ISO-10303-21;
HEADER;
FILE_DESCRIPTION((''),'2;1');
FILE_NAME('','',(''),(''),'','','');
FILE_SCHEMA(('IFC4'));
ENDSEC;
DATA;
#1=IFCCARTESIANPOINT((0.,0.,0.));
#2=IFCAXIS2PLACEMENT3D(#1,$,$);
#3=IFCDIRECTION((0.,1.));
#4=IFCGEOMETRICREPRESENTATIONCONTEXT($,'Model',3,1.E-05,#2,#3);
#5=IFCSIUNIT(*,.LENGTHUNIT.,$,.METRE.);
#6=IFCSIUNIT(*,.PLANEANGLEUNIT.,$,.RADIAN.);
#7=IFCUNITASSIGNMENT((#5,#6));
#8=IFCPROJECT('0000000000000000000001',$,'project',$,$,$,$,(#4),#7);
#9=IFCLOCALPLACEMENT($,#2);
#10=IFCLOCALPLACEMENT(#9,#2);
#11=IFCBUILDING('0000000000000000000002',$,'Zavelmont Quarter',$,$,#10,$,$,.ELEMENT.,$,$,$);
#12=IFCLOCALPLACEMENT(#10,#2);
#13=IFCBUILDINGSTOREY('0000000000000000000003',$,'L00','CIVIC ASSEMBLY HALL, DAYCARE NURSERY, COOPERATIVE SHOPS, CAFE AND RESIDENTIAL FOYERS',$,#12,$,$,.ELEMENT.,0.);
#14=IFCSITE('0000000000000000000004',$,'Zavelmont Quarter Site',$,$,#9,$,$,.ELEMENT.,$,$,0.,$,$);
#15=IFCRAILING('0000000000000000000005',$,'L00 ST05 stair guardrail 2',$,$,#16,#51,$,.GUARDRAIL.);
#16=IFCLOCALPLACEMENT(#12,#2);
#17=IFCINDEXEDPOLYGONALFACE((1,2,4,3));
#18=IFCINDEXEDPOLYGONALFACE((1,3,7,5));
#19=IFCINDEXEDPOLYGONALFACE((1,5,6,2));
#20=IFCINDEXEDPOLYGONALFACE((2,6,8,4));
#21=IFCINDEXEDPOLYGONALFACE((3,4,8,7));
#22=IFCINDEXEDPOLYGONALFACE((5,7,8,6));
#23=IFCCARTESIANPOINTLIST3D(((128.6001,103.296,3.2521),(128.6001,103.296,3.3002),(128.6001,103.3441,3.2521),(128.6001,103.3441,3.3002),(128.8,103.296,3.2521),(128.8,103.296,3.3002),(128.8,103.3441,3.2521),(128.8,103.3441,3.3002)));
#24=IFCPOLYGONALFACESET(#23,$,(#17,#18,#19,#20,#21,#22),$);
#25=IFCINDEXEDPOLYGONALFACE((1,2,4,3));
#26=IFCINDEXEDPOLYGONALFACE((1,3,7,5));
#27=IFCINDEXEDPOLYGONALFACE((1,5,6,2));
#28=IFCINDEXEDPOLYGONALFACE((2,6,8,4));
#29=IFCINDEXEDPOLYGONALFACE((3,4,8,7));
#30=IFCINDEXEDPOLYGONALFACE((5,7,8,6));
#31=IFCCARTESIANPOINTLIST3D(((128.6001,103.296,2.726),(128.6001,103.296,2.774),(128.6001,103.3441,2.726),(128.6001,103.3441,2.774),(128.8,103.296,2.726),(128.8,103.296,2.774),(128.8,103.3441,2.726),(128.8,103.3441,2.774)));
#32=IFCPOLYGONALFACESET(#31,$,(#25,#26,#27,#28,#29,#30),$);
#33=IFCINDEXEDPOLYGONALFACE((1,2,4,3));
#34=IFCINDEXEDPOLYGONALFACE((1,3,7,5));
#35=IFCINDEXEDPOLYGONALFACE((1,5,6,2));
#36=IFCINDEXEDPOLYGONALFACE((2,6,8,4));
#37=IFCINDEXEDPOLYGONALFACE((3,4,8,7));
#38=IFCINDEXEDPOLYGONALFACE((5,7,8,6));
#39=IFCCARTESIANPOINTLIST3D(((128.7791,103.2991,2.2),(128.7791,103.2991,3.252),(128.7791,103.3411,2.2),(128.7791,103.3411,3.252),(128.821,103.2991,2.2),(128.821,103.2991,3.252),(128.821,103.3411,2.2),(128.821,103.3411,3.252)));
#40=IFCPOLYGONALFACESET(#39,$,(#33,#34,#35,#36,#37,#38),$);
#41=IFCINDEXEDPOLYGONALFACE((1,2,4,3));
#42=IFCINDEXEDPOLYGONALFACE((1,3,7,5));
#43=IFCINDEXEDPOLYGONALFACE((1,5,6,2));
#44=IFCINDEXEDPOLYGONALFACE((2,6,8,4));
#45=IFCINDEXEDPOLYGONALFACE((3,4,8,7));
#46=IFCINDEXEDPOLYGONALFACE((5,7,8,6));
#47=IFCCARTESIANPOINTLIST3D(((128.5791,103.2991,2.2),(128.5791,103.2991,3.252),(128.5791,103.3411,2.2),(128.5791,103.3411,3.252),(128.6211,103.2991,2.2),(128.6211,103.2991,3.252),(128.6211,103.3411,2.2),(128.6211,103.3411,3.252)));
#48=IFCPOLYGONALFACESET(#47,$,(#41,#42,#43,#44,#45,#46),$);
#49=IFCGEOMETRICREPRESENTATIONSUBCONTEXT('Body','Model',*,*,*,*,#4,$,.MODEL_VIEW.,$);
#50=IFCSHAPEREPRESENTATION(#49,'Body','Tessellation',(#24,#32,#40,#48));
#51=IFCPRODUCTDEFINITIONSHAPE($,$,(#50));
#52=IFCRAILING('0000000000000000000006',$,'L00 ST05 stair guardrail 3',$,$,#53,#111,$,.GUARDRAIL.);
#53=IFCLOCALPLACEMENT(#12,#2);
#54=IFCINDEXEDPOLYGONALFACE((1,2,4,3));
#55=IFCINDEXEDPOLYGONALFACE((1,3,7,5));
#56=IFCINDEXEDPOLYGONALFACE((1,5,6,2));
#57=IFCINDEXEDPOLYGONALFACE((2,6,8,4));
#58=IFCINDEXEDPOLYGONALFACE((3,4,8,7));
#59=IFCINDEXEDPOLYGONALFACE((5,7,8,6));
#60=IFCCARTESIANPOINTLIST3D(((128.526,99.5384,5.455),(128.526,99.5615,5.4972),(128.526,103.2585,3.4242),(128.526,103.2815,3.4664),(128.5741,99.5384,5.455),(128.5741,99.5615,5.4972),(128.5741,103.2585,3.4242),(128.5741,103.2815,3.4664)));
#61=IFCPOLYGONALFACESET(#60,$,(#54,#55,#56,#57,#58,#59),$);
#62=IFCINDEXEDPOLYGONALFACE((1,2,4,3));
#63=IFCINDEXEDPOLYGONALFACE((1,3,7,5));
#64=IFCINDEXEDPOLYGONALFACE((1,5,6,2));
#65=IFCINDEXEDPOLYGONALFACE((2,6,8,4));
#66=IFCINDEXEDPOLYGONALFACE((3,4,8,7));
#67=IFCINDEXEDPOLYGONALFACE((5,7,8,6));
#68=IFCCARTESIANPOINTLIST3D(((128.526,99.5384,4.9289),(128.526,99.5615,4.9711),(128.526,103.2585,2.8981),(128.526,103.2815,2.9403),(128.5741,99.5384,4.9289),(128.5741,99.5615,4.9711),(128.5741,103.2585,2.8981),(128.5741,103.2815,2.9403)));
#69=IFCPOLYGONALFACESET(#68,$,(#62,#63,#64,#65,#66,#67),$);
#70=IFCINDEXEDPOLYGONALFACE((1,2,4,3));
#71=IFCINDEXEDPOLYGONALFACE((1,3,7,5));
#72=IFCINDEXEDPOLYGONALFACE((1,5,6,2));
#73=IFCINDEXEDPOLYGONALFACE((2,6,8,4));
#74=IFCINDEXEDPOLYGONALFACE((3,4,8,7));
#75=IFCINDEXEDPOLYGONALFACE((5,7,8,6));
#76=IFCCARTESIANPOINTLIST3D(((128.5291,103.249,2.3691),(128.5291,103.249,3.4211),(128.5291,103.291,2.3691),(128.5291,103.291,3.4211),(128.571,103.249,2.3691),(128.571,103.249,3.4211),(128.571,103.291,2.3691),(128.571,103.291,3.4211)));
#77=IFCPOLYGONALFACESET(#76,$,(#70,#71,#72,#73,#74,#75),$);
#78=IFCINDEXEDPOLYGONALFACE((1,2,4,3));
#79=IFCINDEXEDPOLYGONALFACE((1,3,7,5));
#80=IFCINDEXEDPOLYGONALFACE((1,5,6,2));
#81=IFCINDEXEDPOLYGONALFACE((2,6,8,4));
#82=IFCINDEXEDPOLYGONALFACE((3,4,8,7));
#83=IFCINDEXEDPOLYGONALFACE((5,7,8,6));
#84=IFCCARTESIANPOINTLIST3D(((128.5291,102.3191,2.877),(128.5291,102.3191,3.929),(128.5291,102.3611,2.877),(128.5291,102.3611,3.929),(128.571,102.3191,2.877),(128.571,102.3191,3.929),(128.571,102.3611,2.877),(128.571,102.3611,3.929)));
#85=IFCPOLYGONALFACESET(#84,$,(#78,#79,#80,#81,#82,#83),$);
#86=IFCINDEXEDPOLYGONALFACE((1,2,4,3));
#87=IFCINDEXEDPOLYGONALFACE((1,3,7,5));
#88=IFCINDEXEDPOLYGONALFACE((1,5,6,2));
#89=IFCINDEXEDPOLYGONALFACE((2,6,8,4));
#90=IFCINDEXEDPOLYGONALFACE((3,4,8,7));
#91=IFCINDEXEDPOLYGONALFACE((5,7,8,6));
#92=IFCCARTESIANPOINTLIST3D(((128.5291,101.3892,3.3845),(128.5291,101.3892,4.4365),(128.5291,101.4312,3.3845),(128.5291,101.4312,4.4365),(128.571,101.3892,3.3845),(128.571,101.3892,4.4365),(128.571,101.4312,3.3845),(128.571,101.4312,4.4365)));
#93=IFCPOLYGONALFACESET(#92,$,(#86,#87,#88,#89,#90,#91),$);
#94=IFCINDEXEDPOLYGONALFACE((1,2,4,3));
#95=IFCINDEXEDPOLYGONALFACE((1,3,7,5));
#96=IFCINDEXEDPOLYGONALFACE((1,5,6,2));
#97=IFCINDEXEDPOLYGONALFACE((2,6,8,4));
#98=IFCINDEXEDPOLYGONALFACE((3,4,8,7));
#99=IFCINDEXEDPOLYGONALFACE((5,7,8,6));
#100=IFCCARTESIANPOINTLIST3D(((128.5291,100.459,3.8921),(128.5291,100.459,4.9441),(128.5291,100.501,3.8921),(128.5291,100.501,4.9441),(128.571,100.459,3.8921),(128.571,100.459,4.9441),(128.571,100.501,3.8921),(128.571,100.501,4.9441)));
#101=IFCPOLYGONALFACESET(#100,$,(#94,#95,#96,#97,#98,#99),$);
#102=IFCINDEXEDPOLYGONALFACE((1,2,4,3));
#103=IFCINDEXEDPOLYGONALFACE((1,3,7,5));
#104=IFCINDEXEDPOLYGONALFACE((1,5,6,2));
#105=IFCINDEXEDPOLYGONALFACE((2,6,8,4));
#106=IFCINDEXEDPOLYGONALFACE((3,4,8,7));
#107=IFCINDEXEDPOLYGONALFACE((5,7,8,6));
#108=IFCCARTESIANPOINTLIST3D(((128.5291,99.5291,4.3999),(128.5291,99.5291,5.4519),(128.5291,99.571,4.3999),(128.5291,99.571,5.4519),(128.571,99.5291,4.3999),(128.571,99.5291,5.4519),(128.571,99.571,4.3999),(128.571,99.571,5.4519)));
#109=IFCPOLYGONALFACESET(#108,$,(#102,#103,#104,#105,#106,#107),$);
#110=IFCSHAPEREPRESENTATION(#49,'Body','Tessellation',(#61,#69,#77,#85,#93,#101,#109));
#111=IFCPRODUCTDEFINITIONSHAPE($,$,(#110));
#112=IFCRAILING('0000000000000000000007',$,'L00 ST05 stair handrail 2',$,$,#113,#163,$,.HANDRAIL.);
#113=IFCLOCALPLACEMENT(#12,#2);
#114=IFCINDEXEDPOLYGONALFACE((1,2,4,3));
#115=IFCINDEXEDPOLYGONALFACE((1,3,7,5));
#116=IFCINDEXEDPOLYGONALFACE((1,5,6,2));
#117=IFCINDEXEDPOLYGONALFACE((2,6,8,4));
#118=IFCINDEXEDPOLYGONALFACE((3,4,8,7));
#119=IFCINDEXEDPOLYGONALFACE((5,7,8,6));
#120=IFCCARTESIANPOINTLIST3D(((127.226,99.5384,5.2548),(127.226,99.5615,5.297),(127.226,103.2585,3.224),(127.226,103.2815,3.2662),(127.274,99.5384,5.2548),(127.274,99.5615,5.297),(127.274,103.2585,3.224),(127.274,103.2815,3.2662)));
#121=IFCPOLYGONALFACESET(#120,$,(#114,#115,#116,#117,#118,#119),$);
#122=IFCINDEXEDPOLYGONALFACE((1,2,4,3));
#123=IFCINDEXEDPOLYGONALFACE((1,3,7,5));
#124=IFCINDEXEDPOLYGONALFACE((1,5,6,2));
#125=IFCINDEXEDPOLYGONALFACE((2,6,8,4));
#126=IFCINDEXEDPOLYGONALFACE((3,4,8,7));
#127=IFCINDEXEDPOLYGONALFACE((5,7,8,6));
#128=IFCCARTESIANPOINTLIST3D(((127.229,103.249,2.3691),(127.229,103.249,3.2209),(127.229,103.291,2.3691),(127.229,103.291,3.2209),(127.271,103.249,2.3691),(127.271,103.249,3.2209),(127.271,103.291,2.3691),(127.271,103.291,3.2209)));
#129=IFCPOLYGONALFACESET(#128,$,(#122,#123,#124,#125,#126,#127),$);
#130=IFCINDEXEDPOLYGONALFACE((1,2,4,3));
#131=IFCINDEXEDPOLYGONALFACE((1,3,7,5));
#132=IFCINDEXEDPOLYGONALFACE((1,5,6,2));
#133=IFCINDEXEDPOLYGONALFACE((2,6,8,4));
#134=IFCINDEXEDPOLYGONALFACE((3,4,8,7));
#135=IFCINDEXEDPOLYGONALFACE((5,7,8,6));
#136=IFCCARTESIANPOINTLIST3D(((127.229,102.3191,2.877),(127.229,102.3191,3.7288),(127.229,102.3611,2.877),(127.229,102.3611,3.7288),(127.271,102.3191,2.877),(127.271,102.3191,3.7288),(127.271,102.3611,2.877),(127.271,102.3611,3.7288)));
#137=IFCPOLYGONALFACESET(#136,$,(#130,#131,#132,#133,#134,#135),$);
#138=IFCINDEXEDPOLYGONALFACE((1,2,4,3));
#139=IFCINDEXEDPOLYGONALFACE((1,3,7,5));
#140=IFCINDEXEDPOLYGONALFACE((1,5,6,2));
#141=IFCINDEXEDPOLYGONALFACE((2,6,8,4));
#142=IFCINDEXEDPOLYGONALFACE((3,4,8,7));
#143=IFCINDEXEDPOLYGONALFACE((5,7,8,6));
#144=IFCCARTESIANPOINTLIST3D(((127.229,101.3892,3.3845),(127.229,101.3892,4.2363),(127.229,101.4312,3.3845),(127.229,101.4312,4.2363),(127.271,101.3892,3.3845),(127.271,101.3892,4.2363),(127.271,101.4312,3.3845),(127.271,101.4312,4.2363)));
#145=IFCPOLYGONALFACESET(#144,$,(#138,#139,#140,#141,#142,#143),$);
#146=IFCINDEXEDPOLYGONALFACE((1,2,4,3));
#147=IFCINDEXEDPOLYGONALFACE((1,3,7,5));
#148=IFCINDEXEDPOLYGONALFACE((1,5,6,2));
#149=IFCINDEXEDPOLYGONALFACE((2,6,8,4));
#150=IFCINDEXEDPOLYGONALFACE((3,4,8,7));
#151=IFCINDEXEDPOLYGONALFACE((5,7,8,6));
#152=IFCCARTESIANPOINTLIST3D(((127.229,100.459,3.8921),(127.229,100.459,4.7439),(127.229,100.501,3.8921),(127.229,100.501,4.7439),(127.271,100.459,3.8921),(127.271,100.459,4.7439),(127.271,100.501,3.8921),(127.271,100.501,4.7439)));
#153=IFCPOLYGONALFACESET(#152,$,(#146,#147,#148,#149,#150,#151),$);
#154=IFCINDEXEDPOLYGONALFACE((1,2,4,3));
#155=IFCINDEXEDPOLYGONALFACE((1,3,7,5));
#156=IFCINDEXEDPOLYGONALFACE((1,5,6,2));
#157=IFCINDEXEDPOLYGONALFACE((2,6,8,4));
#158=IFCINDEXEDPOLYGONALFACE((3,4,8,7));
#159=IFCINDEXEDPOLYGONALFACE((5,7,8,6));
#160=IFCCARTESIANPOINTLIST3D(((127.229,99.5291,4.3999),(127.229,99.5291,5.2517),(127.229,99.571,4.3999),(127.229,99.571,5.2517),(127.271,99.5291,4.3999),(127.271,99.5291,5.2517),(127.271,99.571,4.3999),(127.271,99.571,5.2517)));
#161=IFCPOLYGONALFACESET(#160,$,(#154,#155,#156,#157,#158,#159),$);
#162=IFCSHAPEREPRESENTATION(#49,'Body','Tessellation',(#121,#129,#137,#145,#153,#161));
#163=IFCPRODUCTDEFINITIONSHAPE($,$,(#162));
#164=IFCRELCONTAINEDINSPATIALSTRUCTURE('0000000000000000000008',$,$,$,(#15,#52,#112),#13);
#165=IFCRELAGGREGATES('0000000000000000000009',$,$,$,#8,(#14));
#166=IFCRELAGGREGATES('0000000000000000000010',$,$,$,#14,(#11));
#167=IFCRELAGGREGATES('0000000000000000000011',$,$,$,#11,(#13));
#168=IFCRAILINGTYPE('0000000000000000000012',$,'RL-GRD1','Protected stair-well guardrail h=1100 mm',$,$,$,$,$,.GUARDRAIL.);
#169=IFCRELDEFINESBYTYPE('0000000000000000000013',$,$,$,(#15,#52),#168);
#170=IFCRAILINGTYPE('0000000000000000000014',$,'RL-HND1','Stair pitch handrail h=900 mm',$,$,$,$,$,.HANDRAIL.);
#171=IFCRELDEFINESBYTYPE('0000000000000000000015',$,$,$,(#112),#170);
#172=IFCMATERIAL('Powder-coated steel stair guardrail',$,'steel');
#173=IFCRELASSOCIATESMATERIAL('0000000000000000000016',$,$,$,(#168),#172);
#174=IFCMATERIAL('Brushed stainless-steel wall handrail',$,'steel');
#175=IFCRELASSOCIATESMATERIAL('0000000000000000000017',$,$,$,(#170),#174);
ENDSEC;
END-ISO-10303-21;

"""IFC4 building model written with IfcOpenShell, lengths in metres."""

from ifc_helpers import new_model, si_unit, direction, frame, origin, origin_2d, place, context, subcontext, project, spatial, rectangle, extrude, material, type_object, element, save


model = new_model("IFC4")

# Units and contexts
model_context = context("Model", 3, precision=1e-05, world=origin(), true_north=direction((0.0, 1.0)))
body_context = subcontext(model_context, "Body", "Model", "MODEL_VIEW")
ifc_project = project(units=[si_unit("LENGTHUNIT", "METRE"), si_unit("PLANEANGLEUNIT", "RADIAN")], contexts=[model_context])

# Site, building, storey
site_placement = place(None, origin())
site = spatial("IfcSite", under=ifc_project, at=site_placement, Name="Zavelmont Quarter Site", CompositionType="ELEMENT", RefElevation=0.0)
building_placement = place(site_placement, origin())
building = spatial("IfcBuilding", under=site, at=building_placement, Name="Zavelmont Quarter", CompositionType="ELEMENT")
storey_placement = place(building_placement, origin())
storey = spatial("IfcBuildingStorey", under=building, at=storey_placement, Name="L00", Description="CIVIC ASSEMBLY HALL, DAYCARE NURSERY, COOPERATIVE SHOPS, CAFE AND RESIDENTIAL FOYERS", CompositionType="ELEMENT", Elevation=0.0)

# Railings
ifc_material_1 = material(Name="Powder-coated steel stair guardrail", Category="steel")
railing_type_1 = type_object("IfcRailingType", Name="RL-GRD1", Description="Protected stair-well guardrail h=1100 mm", PredefinedType="GUARDRAIL", material=ifc_material_1)
railing_1_placement = place(storey_placement, frame((128.8, 103.3201, 2.2)))
element("IfcRailing", 1, at=railing_1_placement, inside=storey, type_object=railing_type_1, Name="L00 ST05 stair guardrail 2", PredefinedType="GUARDRAIL", context=body_context, shape_type="SweptSolid", body=[
    extrude(rectangle(XDim=0.0481, YDim=0.0481, at=origin_2d()), frame((0.0, 0.0, 1.0762), z_axis=(-1.0, 0.0, 0.0), x_axis=(0.0, -1.0, 0.0)), (0.0, 0.0, 1.0), 0.2),
    extrude(rectangle(XDim=0.0481, YDim=0.0481, at=origin_2d()), frame((0.0, 0.0, 0.55), z_axis=(-1.0, 0.0, 0.0), x_axis=(0.0, -1.0, 0.0)), (0.0, 0.0, 1.0), 0.2),
    extrude(rectangle(XDim=0.042, YDim=0.042, at=origin_2d()), origin(), (0.0, 0.0, 1.0), 1.052),
    extrude(rectangle(XDim=0.042, YDim=0.042, at=origin_2d()), frame((-0.2, 0.0, 0.0)), (0.0, 0.0, 1.0), 1.052),
])
railing_2_placement = place(storey_placement, frame((128.55, 103.27, 2.3691)))
element("IfcRailing", 2, at=railing_2_placement, inside=storey, type_object=railing_type_1, Name="L00 ST05 stair guardrail 3", PredefinedType="GUARDRAIL", context=body_context, shape_type="SweptSolid", body=[
    extrude(rectangle(XDim=0.0481, YDim=0.0481, at=origin_2d()), frame((0.0, 0.0, 1.0762), z_axis=(0.0, -0.877728, 0.479159), x_axis=(1.0, 0.0, 0.0)), (0.0, 0.0, 1.0), 4.2383),
    extrude(rectangle(XDim=0.0481, YDim=0.0481, at=origin_2d()), frame((0.0, 0.0, 0.55), z_axis=(0.0, -0.877728, 0.479159), x_axis=(1.0, 0.0, 0.0)), (0.0, 0.0, 1.0), 4.2383),
    extrude(rectangle(XDim=0.042, YDim=0.042, at=origin_2d()), origin(), (0.0, 0.0, 1.0), 1.052),
    extrude(rectangle(XDim=0.042, YDim=0.042, at=origin_2d()), frame((0.0, -0.9299, 0.5078)), (0.0, 0.0, 1.0), 1.052),
    extrude(rectangle(XDim=0.042, YDim=0.042, at=origin_2d()), frame((0.0, -1.8599, 1.0154)), (0.0, 0.0, 1.0), 1.052),
    extrude(rectangle(XDim=0.042, YDim=0.042, at=origin_2d()), frame((0.0, -2.79, 1.5229)), (0.0, 0.0, 1.0), 1.052),
    extrude(rectangle(XDim=0.042, YDim=0.042, at=origin_2d()), frame((0.0, -3.72, 2.0308)), (0.0, 0.0, 1.0), 1.052),
])
ifc_material_2 = material(Name="Brushed stainless-steel wall handrail", Category="steel")
railing_type_2 = type_object("IfcRailingType", Name="RL-HND1", Description="Stair pitch handrail h=900 mm", PredefinedType="HANDRAIL", material=ifc_material_2)
railing_3_placement = place(storey_placement, frame((127.25, 103.27, 2.3691)))
element("IfcRailing", 3, at=railing_3_placement, inside=storey, type_object=railing_type_2, Name="L00 ST05 stair handrail 2", PredefinedType="HANDRAIL", context=body_context, shape_type="SweptSolid", body=[
    extrude(rectangle(XDim=0.0481, YDim=0.0481, at=origin_2d()), frame((0.0, 0.0, 0.876), z_axis=(0.0, -0.877728, 0.479159), x_axis=(1.0, 0.0, 0.0)), (0.0, 0.0, 1.0), 4.2383),
    extrude(rectangle(XDim=0.042, YDim=0.042, at=origin_2d()), origin(), (0.0, 0.0, 1.0), 0.8518),
    extrude(rectangle(XDim=0.042, YDim=0.042, at=origin_2d()), frame((0.0, -0.9299, 0.5078)), (0.0, 0.0, 1.0), 0.8518),
    extrude(rectangle(XDim=0.042, YDim=0.042, at=origin_2d()), frame((0.0, -1.8599, 1.0154)), (0.0, 0.0, 1.0), 0.8518),
    extrude(rectangle(XDim=0.042, YDim=0.042, at=origin_2d()), frame((0.0, -2.79, 1.5229)), (0.0, 0.0, 1.0), 0.8518),
    extrude(rectangle(XDim=0.042, YDim=0.042, at=origin_2d()), frame((0.0, -3.72, 2.0308)), (0.0, 0.0, 1.0), 0.8518),
])

save(model, "model.ifc")
